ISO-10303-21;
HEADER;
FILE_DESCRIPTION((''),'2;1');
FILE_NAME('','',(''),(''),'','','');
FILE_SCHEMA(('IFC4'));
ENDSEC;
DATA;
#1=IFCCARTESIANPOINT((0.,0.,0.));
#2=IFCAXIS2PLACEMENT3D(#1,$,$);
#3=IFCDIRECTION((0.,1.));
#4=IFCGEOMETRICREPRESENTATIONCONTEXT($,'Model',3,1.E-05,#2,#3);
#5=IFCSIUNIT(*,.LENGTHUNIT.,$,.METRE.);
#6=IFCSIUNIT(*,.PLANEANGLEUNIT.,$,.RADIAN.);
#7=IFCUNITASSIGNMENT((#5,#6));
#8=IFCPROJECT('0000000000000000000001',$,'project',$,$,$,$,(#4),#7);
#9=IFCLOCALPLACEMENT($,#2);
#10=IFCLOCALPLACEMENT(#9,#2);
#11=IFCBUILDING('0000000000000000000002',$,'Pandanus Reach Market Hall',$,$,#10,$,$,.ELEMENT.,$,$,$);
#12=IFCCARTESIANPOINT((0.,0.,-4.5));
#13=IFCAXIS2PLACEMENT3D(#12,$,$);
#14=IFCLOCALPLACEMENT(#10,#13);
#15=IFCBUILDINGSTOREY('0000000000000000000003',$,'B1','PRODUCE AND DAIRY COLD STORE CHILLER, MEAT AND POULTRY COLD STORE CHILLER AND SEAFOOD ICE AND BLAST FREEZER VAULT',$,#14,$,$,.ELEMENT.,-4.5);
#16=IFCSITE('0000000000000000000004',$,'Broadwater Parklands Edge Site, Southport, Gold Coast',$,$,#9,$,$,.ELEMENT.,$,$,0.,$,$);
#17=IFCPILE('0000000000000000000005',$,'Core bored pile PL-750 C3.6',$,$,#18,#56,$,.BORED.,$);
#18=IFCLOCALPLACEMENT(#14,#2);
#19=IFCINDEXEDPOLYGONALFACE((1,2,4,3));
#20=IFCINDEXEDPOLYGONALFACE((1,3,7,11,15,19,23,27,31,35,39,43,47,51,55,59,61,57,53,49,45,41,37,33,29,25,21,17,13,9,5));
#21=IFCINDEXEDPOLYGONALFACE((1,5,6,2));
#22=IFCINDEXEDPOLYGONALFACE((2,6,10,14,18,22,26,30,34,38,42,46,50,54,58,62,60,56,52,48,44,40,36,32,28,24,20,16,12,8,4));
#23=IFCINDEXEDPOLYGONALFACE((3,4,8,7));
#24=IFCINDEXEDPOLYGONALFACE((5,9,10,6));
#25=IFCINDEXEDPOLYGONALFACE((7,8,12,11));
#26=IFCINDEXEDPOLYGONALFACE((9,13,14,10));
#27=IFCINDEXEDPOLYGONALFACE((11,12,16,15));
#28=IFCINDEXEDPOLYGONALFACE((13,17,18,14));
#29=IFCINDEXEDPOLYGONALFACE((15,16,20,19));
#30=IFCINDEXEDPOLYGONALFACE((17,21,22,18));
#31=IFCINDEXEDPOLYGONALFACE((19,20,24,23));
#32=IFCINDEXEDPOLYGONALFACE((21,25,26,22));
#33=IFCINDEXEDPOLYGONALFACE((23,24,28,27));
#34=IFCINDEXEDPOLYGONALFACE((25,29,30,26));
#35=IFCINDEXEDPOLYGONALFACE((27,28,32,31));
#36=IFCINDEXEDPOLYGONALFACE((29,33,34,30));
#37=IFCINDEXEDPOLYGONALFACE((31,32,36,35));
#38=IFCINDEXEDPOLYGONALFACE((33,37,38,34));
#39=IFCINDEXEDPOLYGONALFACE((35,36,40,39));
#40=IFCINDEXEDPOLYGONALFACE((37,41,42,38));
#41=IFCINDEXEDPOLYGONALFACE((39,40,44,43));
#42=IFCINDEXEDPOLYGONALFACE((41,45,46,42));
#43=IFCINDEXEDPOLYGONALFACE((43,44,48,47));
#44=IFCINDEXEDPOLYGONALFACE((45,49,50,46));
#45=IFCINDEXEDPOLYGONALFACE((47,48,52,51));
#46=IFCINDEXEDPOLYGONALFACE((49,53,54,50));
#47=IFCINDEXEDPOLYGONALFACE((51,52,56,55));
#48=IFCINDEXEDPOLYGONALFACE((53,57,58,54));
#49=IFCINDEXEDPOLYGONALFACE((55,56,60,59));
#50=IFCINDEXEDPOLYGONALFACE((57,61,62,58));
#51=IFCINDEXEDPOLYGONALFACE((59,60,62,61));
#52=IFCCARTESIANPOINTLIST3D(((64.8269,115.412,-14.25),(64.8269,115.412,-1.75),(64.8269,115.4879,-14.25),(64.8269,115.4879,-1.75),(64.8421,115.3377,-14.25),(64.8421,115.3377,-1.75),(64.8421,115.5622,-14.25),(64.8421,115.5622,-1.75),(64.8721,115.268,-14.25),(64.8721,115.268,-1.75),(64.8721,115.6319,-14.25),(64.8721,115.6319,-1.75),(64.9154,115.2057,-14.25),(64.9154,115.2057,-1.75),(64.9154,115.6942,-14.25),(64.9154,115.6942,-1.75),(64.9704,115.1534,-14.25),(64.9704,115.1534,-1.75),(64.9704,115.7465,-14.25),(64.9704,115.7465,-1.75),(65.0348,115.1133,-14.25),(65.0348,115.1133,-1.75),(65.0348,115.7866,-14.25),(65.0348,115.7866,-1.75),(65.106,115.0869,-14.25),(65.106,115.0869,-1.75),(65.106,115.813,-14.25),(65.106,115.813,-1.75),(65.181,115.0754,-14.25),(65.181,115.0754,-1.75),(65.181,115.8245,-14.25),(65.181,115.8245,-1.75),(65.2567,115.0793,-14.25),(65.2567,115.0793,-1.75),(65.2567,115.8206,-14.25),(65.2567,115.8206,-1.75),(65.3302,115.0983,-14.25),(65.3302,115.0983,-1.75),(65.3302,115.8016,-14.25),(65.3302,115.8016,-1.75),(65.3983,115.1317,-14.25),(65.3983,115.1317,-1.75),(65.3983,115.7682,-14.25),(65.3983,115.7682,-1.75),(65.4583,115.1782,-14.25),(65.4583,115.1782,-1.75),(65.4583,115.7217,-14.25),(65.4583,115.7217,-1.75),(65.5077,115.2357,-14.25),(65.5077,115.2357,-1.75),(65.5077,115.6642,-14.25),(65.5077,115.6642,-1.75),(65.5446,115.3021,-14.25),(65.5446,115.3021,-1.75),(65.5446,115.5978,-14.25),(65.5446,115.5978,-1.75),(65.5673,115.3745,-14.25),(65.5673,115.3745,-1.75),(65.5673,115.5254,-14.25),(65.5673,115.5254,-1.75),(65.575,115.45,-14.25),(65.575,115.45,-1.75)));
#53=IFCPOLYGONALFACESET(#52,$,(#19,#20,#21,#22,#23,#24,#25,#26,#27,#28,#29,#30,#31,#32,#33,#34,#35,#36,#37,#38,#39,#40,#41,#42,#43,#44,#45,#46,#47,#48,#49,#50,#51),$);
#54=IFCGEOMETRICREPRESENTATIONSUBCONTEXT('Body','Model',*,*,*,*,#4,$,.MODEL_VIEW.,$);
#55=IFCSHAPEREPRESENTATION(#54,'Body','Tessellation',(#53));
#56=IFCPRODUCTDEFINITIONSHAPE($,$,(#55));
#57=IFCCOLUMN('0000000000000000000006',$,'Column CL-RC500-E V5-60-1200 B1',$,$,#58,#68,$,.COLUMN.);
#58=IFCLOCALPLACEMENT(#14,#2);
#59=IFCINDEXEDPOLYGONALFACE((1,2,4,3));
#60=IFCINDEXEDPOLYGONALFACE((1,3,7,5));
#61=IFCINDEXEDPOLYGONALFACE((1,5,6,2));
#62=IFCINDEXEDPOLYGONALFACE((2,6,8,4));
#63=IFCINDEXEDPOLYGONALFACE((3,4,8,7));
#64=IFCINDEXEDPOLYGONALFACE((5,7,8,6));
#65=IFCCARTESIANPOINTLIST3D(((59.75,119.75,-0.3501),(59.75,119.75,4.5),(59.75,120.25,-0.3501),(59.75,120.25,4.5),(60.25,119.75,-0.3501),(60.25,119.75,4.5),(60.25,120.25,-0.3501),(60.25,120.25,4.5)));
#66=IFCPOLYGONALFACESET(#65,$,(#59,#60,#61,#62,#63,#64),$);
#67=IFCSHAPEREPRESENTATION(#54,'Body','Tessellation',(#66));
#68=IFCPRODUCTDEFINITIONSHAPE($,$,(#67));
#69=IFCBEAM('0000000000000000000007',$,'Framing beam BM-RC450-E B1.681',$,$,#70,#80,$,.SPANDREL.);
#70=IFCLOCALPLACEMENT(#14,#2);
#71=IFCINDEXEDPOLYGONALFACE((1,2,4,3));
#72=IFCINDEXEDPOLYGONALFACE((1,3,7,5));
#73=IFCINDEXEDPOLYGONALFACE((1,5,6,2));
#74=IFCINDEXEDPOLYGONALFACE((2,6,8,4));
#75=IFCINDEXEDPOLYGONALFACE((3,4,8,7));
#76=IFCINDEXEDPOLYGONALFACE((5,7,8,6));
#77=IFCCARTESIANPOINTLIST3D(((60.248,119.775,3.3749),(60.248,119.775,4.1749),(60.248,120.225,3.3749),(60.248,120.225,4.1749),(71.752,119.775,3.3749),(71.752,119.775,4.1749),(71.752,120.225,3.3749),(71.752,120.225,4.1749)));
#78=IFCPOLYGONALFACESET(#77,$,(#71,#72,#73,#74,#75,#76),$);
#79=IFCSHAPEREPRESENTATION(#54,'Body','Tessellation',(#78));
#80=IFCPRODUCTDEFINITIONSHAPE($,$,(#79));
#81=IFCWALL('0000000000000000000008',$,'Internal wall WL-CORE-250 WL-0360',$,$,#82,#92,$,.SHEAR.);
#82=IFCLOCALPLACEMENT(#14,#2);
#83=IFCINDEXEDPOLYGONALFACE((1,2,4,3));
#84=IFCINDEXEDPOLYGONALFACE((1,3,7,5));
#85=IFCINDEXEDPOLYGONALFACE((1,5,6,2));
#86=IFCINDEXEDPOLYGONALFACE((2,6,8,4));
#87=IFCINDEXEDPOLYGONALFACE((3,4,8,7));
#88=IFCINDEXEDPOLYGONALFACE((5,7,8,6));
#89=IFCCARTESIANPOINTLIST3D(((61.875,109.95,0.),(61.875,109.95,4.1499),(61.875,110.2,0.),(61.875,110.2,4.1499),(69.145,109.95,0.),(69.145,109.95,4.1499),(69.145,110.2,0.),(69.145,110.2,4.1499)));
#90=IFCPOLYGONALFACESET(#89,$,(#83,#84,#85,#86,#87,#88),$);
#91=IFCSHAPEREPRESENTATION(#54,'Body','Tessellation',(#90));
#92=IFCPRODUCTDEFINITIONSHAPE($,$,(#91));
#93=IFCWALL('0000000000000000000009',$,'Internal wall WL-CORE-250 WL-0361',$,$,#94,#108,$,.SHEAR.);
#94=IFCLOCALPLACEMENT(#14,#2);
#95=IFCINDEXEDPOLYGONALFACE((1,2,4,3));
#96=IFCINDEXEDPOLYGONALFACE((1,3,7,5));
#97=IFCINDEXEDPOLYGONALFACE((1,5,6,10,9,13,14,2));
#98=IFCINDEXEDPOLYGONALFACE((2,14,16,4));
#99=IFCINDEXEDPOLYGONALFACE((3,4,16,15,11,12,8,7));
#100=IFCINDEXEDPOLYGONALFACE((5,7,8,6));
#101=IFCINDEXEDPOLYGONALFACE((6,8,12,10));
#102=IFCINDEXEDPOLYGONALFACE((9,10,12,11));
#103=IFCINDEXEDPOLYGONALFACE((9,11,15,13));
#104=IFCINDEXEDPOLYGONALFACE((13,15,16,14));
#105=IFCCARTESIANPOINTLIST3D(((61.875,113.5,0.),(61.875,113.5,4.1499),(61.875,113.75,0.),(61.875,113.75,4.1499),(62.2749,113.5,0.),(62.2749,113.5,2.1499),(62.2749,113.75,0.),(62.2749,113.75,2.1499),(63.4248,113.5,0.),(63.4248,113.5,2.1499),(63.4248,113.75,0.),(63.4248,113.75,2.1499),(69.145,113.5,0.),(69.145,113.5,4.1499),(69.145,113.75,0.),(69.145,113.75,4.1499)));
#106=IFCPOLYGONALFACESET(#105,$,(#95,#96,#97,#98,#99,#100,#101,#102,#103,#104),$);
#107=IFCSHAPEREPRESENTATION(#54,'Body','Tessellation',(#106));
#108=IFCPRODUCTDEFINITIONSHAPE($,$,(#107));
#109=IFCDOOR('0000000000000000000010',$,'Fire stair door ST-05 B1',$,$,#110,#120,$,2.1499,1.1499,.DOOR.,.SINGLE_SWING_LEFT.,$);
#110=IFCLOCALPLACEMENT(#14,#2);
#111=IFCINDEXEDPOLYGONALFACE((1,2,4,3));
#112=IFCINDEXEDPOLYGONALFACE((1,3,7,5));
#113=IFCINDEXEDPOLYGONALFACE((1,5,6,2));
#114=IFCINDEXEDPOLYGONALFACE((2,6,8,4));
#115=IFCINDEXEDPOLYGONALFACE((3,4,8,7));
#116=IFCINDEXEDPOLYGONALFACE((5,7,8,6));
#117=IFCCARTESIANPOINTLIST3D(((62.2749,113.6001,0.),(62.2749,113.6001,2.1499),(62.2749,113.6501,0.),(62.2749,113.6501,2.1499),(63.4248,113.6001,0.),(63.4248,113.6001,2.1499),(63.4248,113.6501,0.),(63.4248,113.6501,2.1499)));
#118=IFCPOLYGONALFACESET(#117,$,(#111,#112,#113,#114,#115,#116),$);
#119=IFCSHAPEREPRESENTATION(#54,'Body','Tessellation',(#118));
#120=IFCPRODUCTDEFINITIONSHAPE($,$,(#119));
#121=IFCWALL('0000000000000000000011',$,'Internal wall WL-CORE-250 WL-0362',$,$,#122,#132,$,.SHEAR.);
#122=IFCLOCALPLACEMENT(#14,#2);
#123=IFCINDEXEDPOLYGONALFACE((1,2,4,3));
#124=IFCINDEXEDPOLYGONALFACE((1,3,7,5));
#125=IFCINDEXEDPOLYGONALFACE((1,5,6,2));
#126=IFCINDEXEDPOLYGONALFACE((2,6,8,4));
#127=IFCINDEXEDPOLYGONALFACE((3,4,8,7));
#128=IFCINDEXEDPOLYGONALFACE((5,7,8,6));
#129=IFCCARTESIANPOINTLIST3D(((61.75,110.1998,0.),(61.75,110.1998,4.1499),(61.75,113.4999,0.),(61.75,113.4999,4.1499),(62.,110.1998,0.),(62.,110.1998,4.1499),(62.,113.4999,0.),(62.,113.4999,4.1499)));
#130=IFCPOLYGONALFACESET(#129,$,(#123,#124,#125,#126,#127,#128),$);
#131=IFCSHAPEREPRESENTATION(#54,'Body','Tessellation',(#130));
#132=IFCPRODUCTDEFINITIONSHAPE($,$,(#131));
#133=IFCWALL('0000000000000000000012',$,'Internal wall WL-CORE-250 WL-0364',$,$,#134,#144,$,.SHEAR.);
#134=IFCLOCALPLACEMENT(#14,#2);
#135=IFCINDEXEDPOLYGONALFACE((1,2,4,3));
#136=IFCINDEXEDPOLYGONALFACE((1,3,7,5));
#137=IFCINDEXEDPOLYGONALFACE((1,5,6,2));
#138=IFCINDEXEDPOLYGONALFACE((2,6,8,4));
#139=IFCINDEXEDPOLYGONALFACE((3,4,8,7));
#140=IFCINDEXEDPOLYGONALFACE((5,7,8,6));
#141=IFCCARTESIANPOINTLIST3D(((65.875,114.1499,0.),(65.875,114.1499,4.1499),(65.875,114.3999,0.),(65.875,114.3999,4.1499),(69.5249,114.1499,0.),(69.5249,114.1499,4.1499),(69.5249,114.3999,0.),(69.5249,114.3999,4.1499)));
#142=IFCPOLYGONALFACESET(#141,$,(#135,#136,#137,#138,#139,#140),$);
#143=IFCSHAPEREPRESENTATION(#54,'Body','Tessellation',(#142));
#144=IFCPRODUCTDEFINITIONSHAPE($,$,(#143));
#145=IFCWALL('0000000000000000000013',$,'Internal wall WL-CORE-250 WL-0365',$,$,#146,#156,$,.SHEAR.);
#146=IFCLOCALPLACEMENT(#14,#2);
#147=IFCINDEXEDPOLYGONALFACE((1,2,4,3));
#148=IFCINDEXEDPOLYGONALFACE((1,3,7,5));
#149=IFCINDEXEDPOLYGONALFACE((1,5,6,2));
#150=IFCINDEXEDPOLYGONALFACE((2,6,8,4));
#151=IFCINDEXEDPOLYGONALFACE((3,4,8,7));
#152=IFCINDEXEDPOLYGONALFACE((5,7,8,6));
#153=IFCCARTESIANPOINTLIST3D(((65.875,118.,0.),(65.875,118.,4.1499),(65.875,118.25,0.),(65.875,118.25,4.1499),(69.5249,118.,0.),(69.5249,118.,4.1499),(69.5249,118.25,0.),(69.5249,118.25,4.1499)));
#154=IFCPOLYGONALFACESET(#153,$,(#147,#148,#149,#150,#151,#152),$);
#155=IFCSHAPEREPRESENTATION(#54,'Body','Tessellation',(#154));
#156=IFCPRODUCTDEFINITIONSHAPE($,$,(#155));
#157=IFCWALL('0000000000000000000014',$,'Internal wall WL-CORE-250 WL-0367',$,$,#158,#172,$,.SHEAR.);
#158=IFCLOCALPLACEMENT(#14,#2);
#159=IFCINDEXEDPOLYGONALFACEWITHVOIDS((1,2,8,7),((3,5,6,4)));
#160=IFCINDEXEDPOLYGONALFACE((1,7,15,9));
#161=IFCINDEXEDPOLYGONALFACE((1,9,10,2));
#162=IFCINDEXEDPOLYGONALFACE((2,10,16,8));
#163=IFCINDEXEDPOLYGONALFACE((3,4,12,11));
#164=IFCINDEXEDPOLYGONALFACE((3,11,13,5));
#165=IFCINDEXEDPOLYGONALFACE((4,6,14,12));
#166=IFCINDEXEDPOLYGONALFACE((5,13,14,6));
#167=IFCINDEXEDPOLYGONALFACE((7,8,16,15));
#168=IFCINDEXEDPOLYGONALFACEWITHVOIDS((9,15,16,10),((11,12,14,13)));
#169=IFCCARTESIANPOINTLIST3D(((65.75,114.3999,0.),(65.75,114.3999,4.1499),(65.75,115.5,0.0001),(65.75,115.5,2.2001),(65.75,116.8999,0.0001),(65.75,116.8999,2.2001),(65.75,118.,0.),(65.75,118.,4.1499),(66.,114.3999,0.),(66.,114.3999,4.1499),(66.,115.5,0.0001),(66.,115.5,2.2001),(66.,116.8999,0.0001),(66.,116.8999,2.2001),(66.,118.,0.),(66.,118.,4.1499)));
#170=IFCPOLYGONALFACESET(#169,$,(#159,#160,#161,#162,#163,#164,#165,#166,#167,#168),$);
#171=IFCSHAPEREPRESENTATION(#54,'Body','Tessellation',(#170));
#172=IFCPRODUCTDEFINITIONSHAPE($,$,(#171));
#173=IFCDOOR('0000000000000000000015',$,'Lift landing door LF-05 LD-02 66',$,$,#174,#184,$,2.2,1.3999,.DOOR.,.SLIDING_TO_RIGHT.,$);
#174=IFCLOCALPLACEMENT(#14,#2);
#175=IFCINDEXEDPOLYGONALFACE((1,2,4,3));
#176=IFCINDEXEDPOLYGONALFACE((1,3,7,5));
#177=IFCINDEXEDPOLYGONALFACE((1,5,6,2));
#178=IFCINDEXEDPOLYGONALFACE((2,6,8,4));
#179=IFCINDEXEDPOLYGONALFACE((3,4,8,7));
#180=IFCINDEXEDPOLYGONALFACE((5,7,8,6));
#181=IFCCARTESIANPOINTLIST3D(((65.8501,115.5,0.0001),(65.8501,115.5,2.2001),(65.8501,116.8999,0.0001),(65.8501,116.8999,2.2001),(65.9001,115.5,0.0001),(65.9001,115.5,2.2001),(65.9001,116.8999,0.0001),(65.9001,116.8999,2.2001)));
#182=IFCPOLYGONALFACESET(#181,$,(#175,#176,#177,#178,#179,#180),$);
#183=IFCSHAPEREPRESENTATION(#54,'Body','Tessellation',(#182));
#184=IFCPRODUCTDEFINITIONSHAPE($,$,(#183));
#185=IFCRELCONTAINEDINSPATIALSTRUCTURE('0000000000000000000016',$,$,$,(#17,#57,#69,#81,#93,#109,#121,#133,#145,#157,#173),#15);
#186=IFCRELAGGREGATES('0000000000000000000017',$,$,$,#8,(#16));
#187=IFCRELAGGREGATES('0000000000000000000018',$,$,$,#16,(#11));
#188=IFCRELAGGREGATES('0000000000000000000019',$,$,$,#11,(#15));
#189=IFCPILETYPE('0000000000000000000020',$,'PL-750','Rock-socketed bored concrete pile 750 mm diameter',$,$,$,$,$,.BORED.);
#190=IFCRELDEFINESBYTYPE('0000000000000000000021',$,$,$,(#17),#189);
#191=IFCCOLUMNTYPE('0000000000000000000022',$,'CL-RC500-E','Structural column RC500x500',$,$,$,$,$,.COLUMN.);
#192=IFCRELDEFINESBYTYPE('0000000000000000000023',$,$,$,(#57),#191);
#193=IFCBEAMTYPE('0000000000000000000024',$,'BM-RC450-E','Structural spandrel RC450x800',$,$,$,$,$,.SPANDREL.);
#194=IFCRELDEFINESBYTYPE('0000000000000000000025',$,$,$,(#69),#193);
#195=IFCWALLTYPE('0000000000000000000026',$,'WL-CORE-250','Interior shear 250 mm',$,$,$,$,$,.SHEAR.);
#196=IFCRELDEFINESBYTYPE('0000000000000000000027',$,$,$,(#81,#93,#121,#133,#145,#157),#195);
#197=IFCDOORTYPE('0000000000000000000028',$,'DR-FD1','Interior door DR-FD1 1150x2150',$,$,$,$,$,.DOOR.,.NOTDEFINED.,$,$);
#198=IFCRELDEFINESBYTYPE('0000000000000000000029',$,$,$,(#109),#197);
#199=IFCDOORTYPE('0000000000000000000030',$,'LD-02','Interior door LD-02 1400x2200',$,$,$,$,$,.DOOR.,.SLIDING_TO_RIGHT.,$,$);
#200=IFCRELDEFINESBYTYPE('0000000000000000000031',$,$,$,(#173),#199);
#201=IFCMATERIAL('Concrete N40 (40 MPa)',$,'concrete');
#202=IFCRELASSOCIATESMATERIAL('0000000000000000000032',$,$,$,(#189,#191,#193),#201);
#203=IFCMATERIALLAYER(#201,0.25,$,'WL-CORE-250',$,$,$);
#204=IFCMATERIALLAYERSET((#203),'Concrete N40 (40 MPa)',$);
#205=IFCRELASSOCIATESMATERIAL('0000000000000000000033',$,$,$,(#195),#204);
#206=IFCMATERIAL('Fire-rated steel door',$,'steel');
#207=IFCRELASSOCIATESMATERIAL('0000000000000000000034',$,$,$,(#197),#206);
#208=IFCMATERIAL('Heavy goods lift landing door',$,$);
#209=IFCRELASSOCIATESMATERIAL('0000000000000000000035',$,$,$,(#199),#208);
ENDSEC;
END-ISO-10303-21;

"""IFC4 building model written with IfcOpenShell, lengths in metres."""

from ifc_helpers import new_model, si_unit, direction, frame, frame_2d, origin, origin_2d, place, context, subcontext, project, spatial, rectangle, circle, extrude, material, layer, layer_set, material_profile, profile_set, type_object, element, fill, save


model = new_model("IFC4")

# Units and contexts
model_context = context("Model", 3, precision=1e-05, world=origin(), true_north=direction((0.0, 1.0)))
body_context = subcontext(model_context, "Body", "Model", "MODEL_VIEW")
ifc_project = project(units=[si_unit("LENGTHUNIT", "METRE"), si_unit("PLANEANGLEUNIT", "RADIAN")], contexts=[model_context])

# Site, building, storey
site_placement = place(None, origin())
site = spatial("IfcSite", under=ifc_project, at=site_placement, Name="Broadwater Parklands Edge Site, Southport, Gold Coast", CompositionType="ELEMENT", RefElevation=0.0)
building_placement = place(site_placement, origin())
building = spatial("IfcBuilding", under=site, at=building_placement, Name="Pandanus Reach Market Hall", CompositionType="ELEMENT")
storey_placement = place(building_placement, frame((0.0, 0.0, -4.5)))
storey = spatial("IfcBuildingStorey", under=building, at=storey_placement, Name="B1", Description="PRODUCE AND DAIRY COLD STORE CHILLER, MEAT AND POULTRY COLD STORE CHILLER AND SEAFOOD ICE AND BLAST FREEZER VAULT", CompositionType="ELEMENT", Elevation=-4.5)

# Shared definitions
ifc_material_1 = material(Name="Concrete N40 (40 MPa)", Category="concrete")

# Pile
ifc_material_profile_1 = material_profile(ifc_material_1, circle(Radius=0.375, at=origin_2d()), Name="PILE-750D", Category="LoadBearing")
ifc_profile_set_1 = profile_set([ifc_material_profile_1], Name="Concrete N40 (40 MPa)")
pile_type = type_object("IfcPileType", Name="PL-750", Description="Rock-socketed bored concrete pile 750 mm diameter", PredefinedType="BORED", material=ifc_profile_set_1)
for number, where, z_axis, x_axis, name in (
    (1, (65.2, 115.45, -1.75), (0.0, 0.0, -1.0), (1.0, 0.0, 0.0), "Core bored pile PL-750 C3.6"),
):
    element("IfcPile", number, at=place(storey_placement, frame(where, z_axis=z_axis, x_axis=x_axis)), inside=storey, type_object=pile_type, Name=name, PredefinedType="BORED", context=body_context, shape_type="SweptSolid", body=[
        extrude(circle(Radius=0.375, at=origin_2d()), origin(), (0.0, 0.0, 1.0), 12.5),
    ])

# Column
ifc_material_profile_2 = material_profile(ifc_material_1, rectangle(XDim=0.5, YDim=0.5, at=origin_2d()), Name="RC500x500", Category="LoadBearing")
ifc_profile_set_2 = profile_set([ifc_material_profile_2], Name="Concrete N40 (40 MPa)")
column_type = type_object("IfcColumnType", Name="CL-RC500-E", Description="Structural column RC500x500", PredefinedType="COLUMN", material=ifc_profile_set_2)
column_placement = place(storey_placement, frame((60.0, 120.0, -0.3501), z_axis=(0.0, 0.0, 1.0), x_axis=(1.0, 0.0, 0.0)))
element("IfcColumn", 2, at=column_placement, inside=storey, type_object=column_type, Name="Column CL-RC500-E V5-60-1200 B1", PredefinedType="COLUMN", context=body_context, shape_type="SweptSolid", body=[
    extrude(rectangle(XDim=0.5, YDim=0.5, at=origin_2d()), origin(), (0.0, 0.0, 1.0), 4.8501),
])

# Beam
ifc_material_profile_3 = material_profile(ifc_material_1, rectangle(XDim=0.45, YDim=0.8, at=origin_2d()), Name="RC450x800", Category="LoadBearing")
ifc_profile_set_3 = profile_set([ifc_material_profile_3], Name="Concrete N40 (40 MPa)")
beam_type = type_object("IfcBeamType", Name="BM-RC450-E", Description="Structural spandrel RC450x800", PredefinedType="SPANDREL", material=ifc_profile_set_3)
beam_placement = place(storey_placement, frame((60.248, 120.0, 3.7749), z_axis=(1.0, 0.0, 0.0), x_axis=(0.0, 1.0, 0.0)))
element("IfcBeam", 3, at=beam_placement, inside=storey, type_object=beam_type, Name="Framing beam BM-RC450-E B1.681", PredefinedType="SPANDREL", context=body_context, shape_type="SweptSolid", body=[
    extrude(rectangle(XDim=0.45, YDim=0.8, at=origin_2d()), origin(), (0.0, 0.0, 1.0), 11.5039),
])

# Wall
ifc_layer_1 = layer(ifc_material_1, 0.25, Name="WL-CORE-250")
ifc_layer_set_1 = layer_set([ifc_layer_1], Name="Concrete N40 (40 MPa)")
wall_type_1 = type_object("IfcWallType", Name="WL-CORE-250", Description="Interior shear 250 mm", PredefinedType="SHEAR", material=ifc_layer_set_1)
wall_1_placement = place(storey_placement, frame((61.875, 110.075, 0.0), z_axis=(0.0, 0.0, 1.0), x_axis=(1.0, 0.0, 0.0)))
element("IfcWall", 4, at=wall_1_placement, inside=storey, type_object=wall_type_1, Name="Internal wall WL-CORE-250 WL-0360", PredefinedType="SHEAR", context=body_context, shape_type="SweptSolid", body=[
    extrude(rectangle(XDim=7.27, YDim=0.25, at=frame_2d((3.635, 0.0))), origin(), (0.0, 0.0, 1.0), 4.1499),
])

# Wall, opening, door
wall_2_placement = place(storey_placement, frame((61.875, 113.625, 0.0), z_axis=(0.0, 0.0, 1.0), x_axis=(1.0, 0.0, 0.0)))
wall_2 = element("IfcWall", 5, at=wall_2_placement, inside=storey, type_object=wall_type_1, Name="Internal wall WL-CORE-250 WL-0361", PredefinedType="SHEAR", context=body_context, shape_type="SweptSolid", body=[
    extrude(rectangle(XDim=7.27, YDim=0.25, at=frame_2d((3.635, 0.0))), origin(), (0.0, 0.0, 1.0), 4.1499),
])
opening_1_placement = place(wall_2_placement, frame((0.3999, 0.0, 0.0)))
opening_1 = element("IfcOpeningElement", 6, at=opening_1_placement, cuts=wall_2, PredefinedType="OPENING", context=body_context, shape_type="SweptSolid", body=[
    extrude(rectangle(XDim=1.1499, YDim=2.1499, at=frame_2d((0.575, 1.075))), frame((0.0, 0.1399, 0.0), z_axis=(0.0, -1.0, 0.0), x_axis=(1.0, 0.0, 0.0)), (0.0, 0.0, 1.0), 0.28),
])
ifc_material_2 = material(Name="Fire-rated steel door", Category="steel")
door_type_1 = type_object("IfcDoorType", Name="DR-FD1", Description="Interior door DR-FD1 1150x2150", OperationType="NOTDEFINED", PredefinedType="DOOR", material=ifc_material_2)
door_1_placement = place(opening_1_placement, frame((1.1499, 0.0, 0.0), z_axis=(0.0, 0.0, 1.0), x_axis=(-1.0, 0.0, 0.0)))
door_1 = element("IfcDoor", 7, at=door_1_placement, inside=storey, type_object=door_type_1, Name="Fire stair door ST-05 B1", OperationType="SINGLE_SWING_LEFT", OverallHeight=2.1499, OverallWidth=1.1499, PredefinedType="DOOR", context=body_context, shape_type="SweptSolid", body=[
    extrude(rectangle(XDim=1.1499, YDim=2.1499, at=frame_2d((0.575, 1.075))), frame((0.0, 0.0249, 0.0), z_axis=(0.0, -1.0, 0.0), x_axis=(1.0, 0.0, 0.0)), (0.0, 0.0, 1.0), 0.05),
])
fill(opening_1, door_1)

# Walls
wall_3_placement = place(storey_placement, frame((61.875, 110.2, 0.0), z_axis=(0.0, 0.0, 1.0), x_axis=(0.0, 1.0, 0.0)))
element("IfcWall", 8, at=wall_3_placement, inside=storey, type_object=wall_type_1, Name="Internal wall WL-CORE-250 WL-0362", PredefinedType="SHEAR", context=body_context, shape_type="SweptSolid", body=[
    extrude(rectangle(XDim=3.3, YDim=0.25, at=frame_2d((1.6499, 0.0))), origin(), (0.0, 0.0, 1.0), 4.1499),
])
for number, where, z_axis, x_axis, name in (
    (9, (65.875, 114.2749, 0.0), (0.0, 0.0, 1.0), (1.0, 0.0, 0.0), "Internal wall WL-CORE-250 WL-0364"),
    (10, (65.875, 118.125, 0.0), (0.0, 0.0, 1.0), (1.0, 0.0, 0.0), "Internal wall WL-CORE-250 WL-0365"),
):
    element("IfcWall", number, at=place(storey_placement, frame(where, z_axis=z_axis, x_axis=x_axis)), inside=storey, type_object=wall_type_1, Name=name, PredefinedType="SHEAR", context=body_context, shape_type="SweptSolid", body=[
        extrude(rectangle(XDim=3.6499, YDim=0.25, at=frame_2d((1.825, 0.0))), origin(), (0.0, 0.0, 1.0), 4.1499),
    ])

# Wall, opening, door
wall_4_placement = place(storey_placement, frame((65.875, 114.3999, 0.0), z_axis=(0.0, 0.0, 1.0), x_axis=(0.0, 1.0, 0.0)))
wall_4 = element("IfcWall", 11, at=wall_4_placement, inside=storey, type_object=wall_type_1, Name="Internal wall WL-CORE-250 WL-0367", PredefinedType="SHEAR", context=body_context, shape_type="SweptSolid", body=[
    extrude(rectangle(XDim=3.6001, YDim=0.25, at=frame_2d((1.8, 0.0))), origin(), (0.0, 0.0, 1.0), 4.1499),
])
opening_2_placement = place(wall_4_placement, frame((1.1001, 0.0, 0.0)))
opening_2 = element("IfcOpeningElement", 12, at=opening_2_placement, cuts=wall_4, PredefinedType="OPENING", context=body_context, shape_type="SweptSolid", body=[
    extrude(rectangle(XDim=1.3999, YDim=2.2, at=frame_2d((0.7, 1.1001))), frame((0.0, 0.1399, 0.0), z_axis=(0.0, -1.0, 0.0), x_axis=(1.0, 0.0, 0.0)), (0.0, 0.0, 1.0), 0.28),
])
ifc_material_3 = material(Name="Heavy goods lift landing door")
door_type_2 = type_object("IfcDoorType", Name="LD-02", Description="Interior door LD-02 1400x2200", OperationType="SLIDING_TO_RIGHT", PredefinedType="DOOR", material=ifc_material_3)
door_2_placement = place(opening_2_placement, origin())
door_2 = element("IfcDoor", 13, at=door_2_placement, inside=storey, type_object=door_type_2, Name="Lift landing door LF-05 LD-02 66", OperationType="SLIDING_TO_RIGHT", OverallHeight=2.2, OverallWidth=1.3999, PredefinedType="DOOR", context=body_context, shape_type="SweptSolid", body=[
    extrude(rectangle(XDim=1.3999, YDim=2.2, at=frame_2d((0.7, 1.1001))), frame((0.0, 0.0249, 0.0), z_axis=(0.0, -1.0, 0.0), x_axis=(1.0, 0.0, 0.0)), (0.0, 0.0, 1.0), 0.05),
])
fill(opening_2, door_2)

save(model, "model.ifc")
